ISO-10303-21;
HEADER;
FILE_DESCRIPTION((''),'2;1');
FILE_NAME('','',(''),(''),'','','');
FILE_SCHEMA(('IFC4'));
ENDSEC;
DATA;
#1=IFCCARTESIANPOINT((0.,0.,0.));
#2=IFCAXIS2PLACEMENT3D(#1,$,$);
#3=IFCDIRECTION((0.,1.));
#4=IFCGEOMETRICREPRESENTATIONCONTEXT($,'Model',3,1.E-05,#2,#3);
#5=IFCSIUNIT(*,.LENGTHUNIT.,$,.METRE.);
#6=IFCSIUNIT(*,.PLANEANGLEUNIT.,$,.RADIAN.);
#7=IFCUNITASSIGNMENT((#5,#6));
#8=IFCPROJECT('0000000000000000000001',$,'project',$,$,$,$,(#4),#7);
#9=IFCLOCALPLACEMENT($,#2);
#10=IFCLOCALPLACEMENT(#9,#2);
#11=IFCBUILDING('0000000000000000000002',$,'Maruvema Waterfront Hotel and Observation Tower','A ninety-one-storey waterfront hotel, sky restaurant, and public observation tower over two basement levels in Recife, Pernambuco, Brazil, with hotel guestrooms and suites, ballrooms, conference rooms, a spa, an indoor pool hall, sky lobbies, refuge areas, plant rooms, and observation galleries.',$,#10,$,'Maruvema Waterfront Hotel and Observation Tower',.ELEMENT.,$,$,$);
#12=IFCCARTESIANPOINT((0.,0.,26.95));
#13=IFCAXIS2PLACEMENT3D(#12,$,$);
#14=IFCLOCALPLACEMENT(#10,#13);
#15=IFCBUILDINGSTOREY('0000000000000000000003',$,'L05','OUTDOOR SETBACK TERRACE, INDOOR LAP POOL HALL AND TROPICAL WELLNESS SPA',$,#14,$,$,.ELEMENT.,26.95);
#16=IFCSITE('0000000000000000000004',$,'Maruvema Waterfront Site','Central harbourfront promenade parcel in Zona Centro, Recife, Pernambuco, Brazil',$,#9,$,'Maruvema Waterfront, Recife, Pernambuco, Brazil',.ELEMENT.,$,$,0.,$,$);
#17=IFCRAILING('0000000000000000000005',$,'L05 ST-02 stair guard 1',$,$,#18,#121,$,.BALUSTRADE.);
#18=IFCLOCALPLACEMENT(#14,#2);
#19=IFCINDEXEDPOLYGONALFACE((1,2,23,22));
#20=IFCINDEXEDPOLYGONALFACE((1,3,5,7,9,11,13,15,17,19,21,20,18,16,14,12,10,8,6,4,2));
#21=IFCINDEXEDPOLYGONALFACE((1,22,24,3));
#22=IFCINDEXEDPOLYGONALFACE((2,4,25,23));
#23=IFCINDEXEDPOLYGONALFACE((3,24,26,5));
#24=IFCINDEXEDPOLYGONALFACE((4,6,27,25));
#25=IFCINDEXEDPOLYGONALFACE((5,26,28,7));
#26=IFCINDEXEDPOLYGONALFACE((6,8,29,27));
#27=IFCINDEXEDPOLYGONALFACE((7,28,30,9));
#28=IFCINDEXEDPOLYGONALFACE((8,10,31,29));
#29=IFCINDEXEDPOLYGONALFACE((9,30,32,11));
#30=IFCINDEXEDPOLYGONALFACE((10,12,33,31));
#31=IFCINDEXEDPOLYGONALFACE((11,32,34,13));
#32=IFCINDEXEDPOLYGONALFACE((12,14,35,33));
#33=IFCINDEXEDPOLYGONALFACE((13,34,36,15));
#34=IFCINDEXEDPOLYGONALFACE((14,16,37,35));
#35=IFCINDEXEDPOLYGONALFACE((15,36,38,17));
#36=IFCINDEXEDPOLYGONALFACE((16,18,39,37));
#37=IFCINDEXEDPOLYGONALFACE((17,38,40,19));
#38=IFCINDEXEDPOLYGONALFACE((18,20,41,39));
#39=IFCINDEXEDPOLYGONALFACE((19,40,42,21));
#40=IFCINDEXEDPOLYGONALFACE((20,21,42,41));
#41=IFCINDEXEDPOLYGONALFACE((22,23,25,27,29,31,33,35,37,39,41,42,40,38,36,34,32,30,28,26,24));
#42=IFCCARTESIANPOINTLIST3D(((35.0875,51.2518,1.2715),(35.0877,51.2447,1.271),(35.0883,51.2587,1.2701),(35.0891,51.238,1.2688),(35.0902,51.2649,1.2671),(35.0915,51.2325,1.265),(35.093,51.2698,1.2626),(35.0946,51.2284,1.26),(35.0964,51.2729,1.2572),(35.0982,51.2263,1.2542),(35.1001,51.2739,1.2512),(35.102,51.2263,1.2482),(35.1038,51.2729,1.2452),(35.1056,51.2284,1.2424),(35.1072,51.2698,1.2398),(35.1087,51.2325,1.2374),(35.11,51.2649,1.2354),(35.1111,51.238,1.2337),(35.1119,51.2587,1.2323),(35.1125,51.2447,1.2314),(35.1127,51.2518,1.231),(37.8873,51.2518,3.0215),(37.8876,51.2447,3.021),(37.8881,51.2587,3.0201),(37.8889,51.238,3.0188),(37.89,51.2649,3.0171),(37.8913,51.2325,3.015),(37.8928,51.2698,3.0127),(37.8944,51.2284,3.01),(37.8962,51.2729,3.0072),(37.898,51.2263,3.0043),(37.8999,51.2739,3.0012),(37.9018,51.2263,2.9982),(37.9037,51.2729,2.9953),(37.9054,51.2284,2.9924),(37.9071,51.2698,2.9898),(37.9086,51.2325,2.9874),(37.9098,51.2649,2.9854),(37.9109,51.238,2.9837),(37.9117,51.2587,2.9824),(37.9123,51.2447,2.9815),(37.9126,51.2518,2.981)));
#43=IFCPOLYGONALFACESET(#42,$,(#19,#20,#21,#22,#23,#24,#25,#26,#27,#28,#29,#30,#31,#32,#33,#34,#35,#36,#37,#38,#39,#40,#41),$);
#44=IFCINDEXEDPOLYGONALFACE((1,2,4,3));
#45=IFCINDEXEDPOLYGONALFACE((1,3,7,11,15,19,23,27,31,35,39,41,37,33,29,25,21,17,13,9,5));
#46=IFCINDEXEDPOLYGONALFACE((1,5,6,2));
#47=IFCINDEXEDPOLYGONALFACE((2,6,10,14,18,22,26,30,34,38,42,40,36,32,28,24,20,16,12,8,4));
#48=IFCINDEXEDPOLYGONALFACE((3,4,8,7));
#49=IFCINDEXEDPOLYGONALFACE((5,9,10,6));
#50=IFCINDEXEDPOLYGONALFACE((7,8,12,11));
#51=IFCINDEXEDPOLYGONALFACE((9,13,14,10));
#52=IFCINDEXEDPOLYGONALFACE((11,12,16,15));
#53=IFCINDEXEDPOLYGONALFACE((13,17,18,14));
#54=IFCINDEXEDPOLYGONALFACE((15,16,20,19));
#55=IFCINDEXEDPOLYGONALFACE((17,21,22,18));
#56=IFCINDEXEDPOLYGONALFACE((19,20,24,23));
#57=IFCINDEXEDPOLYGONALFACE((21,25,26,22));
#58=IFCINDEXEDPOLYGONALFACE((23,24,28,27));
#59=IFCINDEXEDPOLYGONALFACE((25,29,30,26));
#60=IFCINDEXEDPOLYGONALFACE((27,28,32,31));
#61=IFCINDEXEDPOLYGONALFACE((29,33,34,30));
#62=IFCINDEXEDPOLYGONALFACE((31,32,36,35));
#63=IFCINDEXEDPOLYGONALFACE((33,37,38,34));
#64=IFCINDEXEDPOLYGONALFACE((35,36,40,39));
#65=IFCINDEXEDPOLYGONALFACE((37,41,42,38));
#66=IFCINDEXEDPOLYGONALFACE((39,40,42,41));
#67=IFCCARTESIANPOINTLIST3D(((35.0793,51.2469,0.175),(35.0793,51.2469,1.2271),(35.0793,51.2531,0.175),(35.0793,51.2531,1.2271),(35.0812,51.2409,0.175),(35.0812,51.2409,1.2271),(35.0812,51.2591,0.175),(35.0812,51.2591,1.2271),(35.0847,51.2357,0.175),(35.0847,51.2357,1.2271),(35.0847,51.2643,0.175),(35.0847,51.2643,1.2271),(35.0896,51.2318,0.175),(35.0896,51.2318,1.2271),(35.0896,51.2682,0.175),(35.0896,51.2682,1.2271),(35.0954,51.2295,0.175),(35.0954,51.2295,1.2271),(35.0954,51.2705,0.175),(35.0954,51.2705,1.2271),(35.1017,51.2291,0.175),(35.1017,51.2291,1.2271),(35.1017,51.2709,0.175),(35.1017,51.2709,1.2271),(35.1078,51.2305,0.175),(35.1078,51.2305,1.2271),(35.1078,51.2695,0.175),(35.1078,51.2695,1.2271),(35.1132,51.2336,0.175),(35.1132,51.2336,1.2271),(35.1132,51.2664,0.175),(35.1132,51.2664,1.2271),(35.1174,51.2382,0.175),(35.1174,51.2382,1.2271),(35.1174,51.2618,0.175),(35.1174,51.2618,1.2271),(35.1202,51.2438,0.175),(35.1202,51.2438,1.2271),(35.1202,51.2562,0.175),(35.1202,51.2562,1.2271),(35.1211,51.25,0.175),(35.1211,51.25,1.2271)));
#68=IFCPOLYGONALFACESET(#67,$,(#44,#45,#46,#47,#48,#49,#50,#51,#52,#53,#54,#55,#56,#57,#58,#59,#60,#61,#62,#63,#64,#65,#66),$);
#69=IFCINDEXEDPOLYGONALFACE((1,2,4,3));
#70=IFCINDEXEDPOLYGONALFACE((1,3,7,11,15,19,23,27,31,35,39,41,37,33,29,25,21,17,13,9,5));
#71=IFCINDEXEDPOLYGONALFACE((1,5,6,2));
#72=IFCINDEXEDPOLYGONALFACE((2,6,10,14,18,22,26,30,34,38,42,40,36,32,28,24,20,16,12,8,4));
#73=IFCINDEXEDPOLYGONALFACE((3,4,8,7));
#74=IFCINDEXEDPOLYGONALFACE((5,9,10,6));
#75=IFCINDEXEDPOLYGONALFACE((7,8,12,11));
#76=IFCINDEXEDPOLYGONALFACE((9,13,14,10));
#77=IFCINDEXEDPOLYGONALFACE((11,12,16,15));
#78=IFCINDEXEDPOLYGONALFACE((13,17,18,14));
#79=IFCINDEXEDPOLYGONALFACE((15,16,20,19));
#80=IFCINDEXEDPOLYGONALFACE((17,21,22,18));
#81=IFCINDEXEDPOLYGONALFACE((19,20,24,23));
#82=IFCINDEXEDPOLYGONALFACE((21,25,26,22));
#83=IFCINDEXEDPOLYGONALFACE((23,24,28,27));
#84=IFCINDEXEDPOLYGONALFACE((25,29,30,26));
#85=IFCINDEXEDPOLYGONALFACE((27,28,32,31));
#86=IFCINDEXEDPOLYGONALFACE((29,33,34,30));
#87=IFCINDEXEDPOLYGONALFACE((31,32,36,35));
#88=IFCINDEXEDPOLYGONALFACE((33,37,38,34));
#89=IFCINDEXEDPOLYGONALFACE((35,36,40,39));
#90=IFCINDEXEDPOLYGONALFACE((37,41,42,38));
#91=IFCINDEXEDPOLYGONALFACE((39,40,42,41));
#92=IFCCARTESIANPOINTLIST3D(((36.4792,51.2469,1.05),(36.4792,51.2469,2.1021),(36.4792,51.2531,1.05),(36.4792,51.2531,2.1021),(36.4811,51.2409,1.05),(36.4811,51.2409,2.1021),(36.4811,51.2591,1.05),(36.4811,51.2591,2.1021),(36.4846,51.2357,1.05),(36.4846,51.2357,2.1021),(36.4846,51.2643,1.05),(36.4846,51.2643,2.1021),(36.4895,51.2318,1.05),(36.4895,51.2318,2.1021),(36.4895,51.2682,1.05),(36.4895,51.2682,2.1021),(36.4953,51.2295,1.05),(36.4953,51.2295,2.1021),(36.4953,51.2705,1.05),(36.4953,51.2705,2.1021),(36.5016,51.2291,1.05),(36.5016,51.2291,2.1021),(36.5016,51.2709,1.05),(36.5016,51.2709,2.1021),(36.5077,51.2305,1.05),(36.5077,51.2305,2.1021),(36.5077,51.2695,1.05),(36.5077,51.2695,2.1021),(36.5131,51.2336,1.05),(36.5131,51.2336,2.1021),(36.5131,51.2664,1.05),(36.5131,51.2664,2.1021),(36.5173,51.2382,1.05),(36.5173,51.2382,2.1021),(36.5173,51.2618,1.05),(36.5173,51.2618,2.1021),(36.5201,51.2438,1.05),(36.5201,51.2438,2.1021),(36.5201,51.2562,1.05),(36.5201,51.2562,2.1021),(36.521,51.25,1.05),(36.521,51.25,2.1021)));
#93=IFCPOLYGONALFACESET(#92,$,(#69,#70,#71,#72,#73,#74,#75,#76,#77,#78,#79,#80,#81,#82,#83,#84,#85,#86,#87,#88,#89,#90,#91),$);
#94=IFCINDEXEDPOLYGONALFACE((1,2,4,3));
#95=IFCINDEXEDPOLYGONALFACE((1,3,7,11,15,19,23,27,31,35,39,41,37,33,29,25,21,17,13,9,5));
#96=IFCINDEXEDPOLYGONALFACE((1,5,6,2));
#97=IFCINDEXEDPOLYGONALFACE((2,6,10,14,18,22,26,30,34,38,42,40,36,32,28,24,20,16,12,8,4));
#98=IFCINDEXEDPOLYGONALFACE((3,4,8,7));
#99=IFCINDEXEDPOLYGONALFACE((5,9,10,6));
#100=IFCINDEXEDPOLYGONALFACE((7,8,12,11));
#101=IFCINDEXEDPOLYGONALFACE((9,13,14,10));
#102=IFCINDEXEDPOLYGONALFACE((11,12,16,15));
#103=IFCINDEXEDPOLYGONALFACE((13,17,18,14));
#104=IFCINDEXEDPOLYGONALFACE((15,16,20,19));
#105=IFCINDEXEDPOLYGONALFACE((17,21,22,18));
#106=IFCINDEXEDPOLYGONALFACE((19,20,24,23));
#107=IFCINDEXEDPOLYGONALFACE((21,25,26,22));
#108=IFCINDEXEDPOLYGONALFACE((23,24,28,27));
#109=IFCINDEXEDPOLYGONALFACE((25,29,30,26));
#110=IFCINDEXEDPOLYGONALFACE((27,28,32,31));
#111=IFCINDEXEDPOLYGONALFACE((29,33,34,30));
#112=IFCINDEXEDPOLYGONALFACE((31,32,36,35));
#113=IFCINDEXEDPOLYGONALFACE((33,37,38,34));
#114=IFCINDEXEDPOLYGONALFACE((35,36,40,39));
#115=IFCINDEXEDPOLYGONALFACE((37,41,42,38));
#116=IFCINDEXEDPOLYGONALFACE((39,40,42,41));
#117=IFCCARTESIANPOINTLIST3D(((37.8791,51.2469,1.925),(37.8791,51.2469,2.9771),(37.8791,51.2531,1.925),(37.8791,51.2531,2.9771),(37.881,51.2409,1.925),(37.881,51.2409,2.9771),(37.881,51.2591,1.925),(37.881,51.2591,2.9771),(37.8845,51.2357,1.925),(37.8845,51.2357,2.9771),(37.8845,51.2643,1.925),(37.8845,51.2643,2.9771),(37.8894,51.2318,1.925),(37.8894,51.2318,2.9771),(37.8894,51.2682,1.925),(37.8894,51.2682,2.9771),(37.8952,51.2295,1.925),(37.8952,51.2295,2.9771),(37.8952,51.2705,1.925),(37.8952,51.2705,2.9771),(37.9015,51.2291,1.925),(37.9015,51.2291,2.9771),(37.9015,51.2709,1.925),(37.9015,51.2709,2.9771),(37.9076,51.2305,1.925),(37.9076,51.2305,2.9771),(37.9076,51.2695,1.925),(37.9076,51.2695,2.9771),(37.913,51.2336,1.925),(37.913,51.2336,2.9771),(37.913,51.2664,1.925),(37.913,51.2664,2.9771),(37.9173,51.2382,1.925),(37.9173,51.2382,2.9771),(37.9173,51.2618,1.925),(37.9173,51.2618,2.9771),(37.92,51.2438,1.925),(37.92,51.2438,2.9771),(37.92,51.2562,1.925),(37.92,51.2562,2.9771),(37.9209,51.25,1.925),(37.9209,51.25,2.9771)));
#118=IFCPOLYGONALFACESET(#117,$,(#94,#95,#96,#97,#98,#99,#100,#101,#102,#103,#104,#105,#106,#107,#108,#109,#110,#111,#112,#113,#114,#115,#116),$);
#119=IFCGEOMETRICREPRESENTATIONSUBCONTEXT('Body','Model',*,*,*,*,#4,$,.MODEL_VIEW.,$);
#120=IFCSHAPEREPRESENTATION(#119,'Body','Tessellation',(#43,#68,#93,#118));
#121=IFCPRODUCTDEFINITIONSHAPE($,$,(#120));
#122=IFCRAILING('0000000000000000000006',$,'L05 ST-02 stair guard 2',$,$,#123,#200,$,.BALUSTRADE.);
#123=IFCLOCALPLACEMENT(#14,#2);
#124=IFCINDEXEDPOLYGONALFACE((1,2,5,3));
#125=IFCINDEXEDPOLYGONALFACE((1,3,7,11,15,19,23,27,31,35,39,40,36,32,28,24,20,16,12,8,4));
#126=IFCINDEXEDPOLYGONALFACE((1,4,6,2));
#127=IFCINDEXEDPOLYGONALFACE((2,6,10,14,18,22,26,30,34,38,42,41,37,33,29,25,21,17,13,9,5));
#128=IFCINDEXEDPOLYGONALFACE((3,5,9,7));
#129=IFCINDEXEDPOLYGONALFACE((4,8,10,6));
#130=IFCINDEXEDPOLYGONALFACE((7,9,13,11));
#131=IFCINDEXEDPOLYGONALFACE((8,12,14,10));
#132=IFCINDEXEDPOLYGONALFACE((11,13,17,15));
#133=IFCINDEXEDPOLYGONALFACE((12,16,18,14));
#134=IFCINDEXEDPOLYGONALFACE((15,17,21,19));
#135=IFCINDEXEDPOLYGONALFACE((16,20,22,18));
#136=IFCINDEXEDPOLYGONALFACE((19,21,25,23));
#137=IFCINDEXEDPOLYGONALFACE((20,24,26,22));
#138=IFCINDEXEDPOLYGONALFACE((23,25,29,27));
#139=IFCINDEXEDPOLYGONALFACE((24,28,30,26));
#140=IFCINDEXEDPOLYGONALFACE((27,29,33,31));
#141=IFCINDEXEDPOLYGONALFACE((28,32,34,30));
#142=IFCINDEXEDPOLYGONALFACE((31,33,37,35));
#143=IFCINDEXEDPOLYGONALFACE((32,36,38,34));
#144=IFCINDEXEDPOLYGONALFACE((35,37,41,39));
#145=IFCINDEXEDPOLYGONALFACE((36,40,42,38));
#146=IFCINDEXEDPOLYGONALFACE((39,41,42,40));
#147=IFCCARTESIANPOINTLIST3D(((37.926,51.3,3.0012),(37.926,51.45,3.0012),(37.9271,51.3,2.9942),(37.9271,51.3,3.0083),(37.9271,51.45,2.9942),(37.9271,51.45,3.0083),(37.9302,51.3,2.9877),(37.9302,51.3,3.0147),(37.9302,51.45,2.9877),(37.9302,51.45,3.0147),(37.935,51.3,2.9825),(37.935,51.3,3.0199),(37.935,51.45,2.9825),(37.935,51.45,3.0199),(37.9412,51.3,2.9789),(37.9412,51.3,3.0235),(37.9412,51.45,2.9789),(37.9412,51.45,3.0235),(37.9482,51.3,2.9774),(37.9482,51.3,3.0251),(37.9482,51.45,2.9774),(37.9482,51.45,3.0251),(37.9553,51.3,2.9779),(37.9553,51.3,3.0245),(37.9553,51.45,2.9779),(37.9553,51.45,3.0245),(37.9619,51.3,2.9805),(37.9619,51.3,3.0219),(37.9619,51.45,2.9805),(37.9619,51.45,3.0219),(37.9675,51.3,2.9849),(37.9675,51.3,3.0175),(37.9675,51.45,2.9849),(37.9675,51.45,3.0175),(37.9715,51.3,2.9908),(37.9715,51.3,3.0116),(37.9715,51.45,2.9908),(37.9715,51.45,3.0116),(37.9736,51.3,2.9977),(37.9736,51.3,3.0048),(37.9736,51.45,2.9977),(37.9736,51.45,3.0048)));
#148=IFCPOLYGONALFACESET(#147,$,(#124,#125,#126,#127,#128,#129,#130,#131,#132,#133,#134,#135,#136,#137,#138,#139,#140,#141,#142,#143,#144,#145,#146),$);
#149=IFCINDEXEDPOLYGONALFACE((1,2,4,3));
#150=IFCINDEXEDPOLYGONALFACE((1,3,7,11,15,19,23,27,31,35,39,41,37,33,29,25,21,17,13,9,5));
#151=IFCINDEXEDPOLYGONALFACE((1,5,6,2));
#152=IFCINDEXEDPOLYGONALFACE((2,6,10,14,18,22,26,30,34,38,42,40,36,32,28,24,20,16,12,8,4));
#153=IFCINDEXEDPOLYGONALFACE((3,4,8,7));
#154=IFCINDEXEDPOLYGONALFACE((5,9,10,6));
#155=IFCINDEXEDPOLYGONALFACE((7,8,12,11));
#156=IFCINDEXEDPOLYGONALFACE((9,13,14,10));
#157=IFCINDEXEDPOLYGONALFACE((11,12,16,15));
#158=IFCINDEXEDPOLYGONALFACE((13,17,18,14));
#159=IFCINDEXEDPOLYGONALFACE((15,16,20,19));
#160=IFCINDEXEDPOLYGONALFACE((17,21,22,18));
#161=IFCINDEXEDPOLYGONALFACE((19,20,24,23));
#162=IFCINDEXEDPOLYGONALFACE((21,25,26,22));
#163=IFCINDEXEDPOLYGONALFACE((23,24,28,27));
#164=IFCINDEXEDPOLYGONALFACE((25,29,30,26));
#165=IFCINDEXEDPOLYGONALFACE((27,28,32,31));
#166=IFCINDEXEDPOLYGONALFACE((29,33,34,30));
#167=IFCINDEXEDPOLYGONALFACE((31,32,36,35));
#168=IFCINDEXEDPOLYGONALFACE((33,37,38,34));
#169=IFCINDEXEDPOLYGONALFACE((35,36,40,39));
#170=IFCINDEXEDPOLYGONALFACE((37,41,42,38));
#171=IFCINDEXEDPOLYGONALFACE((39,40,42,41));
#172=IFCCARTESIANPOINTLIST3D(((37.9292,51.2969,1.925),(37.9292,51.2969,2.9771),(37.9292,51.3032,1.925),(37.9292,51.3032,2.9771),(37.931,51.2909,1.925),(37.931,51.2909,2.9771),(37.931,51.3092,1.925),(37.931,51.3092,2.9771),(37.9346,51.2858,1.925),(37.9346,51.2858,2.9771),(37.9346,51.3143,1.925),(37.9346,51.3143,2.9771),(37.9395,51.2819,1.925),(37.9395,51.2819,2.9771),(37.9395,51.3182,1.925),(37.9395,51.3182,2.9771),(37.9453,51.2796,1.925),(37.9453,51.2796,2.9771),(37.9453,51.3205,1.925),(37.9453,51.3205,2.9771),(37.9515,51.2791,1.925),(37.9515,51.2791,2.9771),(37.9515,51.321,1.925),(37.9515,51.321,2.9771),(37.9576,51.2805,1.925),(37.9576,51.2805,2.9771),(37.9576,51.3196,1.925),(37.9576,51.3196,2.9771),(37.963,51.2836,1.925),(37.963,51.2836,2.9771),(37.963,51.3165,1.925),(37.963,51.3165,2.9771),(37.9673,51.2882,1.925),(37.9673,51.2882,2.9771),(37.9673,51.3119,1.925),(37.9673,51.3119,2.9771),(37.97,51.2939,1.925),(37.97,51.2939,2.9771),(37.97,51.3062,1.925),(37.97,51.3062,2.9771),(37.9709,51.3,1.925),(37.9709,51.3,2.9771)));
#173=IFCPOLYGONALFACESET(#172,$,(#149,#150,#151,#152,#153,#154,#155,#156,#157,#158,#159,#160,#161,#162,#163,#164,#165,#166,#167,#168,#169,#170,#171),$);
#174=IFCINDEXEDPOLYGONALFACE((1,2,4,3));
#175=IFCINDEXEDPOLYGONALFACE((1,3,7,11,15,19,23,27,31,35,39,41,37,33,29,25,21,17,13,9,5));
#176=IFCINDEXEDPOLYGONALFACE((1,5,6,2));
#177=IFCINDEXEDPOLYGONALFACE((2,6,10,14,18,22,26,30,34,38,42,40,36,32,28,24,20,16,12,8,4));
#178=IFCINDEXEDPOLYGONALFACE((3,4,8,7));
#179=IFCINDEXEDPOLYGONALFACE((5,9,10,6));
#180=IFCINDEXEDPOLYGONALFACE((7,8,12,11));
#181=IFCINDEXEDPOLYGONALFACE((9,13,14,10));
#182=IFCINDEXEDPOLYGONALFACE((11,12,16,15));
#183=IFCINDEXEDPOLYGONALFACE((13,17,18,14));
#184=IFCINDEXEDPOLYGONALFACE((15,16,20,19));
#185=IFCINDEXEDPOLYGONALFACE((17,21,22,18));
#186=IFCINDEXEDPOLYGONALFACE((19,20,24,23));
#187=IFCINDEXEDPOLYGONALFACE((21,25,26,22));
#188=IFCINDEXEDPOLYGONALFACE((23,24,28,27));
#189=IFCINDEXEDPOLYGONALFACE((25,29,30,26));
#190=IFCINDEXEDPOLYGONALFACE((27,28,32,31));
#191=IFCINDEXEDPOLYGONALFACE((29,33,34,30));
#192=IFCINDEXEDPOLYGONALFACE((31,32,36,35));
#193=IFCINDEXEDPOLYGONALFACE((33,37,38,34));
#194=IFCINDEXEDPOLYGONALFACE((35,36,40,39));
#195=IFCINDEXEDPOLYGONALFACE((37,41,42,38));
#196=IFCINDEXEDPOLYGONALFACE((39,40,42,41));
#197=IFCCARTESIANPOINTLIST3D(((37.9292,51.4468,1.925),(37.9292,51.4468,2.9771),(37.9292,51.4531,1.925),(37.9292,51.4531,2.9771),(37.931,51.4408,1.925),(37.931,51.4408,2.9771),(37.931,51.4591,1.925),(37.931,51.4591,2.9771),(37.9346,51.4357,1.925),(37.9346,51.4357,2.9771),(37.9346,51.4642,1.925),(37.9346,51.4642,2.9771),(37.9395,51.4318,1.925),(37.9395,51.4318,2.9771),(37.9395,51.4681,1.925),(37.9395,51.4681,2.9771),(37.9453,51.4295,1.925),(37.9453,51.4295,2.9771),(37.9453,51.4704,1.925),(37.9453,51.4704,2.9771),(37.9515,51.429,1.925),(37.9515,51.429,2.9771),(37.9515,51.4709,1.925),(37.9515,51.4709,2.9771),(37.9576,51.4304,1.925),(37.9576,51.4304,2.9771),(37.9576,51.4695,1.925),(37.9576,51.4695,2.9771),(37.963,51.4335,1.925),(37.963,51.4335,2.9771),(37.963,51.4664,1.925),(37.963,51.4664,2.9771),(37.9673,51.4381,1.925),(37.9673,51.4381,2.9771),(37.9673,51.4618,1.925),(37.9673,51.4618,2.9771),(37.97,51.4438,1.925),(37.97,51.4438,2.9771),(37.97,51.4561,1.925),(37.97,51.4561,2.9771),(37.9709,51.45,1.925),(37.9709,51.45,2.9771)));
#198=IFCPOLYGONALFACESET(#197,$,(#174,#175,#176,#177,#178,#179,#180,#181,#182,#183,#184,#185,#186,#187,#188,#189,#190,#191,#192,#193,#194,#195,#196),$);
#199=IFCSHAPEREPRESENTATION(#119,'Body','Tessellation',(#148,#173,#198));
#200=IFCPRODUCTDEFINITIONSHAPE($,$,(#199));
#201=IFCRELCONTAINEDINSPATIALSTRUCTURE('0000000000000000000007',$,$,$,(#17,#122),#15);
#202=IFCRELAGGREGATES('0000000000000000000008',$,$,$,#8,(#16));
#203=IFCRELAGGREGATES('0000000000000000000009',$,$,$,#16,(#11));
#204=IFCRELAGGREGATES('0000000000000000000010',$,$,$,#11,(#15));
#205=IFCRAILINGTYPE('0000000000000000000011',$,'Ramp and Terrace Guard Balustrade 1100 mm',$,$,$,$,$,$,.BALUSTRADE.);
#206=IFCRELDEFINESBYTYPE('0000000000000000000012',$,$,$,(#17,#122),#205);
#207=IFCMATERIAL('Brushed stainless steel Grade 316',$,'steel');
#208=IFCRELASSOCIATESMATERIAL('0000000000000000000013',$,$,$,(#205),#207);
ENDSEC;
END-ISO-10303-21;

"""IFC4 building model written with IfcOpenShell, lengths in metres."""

from ifc_helpers import new_model, si_unit, direction, frame, origin, origin_2d, place, context, subcontext, project, spatial, circle, extrude, material, type_object, element, save


model = new_model("IFC4")

# Units and contexts
model_context = context("Model", 3, precision=1e-05, world=origin(), true_north=direction((0.0, 1.0)))
body_context = subcontext(model_context, "Body", "Model", "MODEL_VIEW")
ifc_project = project(units=[si_unit("LENGTHUNIT", "METRE"), si_unit("PLANEANGLEUNIT", "RADIAN")], contexts=[model_context])

# Site, building, storey
site_placement = place(None, origin())
site = spatial("IfcSite", under=ifc_project, at=site_placement, Name="Maruvema Waterfront Site", Description="Central harbourfront promenade parcel in Zona Centro, Recife, Pernambuco, Brazil", LongName="Maruvema Waterfront, Recife, Pernambuco, Brazil", CompositionType="ELEMENT", RefElevation=0.0)
building_placement = place(site_placement, origin())
building = spatial("IfcBuilding", under=site, at=building_placement, Name="Maruvema Waterfront Hotel and Observation Tower", Description="A ninety-one-storey waterfront hotel, sky restaurant, and public observation tower over two basement levels in Recife, Pernambuco, Brazil, with hotel guestrooms and suites, ballrooms, conference rooms, a spa, an indoor pool hall, sky lobbies, refuge areas, plant rooms, and observation galleries.", LongName="Maruvema Waterfront Hotel and Observation Tower", CompositionType="ELEMENT")
storey_placement = place(building_placement, frame((0.0, 0.0, 26.95)))
storey = spatial("IfcBuildingStorey", under=building, at=storey_placement, Name="L05", Description="OUTDOOR SETBACK TERRACE, INDOOR LAP POOL HALL AND TROPICAL WELLNESS SPA", CompositionType="ELEMENT", Elevation=26.95)

# Railings
ifc_material_1 = material(Name="Brushed stainless steel Grade 316", Category="steel")
railing_type_1 = type_object("IfcRailingType", Name="Ramp and Terrace Guard Balustrade 1100 mm", PredefinedType="BALUSTRADE", material=ifc_material_1)
railing_1_placement = place(storey_placement, frame((35.1001, 51.25, 0.175)))
element("IfcRailing", 1, at=railing_1_placement, inside=storey, type_object=railing_type_1, Name="L05 ST-02 stair guard 1", PredefinedType="BALUSTRADE", context=body_context, shape_type="SweptSolid", body=[
    extrude(circle(Radius=0.0239, at=origin_2d()), frame((0.0, 0.0, 1.0762), z_axis=(0.847982, 0.0, 0.530026), x_axis=(0.0, 1.0, 0.0)), (0.0, 0.0, 1.0), 3.3018),
    extrude(circle(Radius=0.021, at=origin_2d()), origin(), (0.0, 0.0, 1.0), 1.052),
    extrude(circle(Radius=0.021, at=origin_2d()), frame((1.3999, 0.0, 0.875)), (0.0, 0.0, 1.0), 1.052),
    extrude(circle(Radius=0.021, at=origin_2d()), frame((2.7998, 0.0, 1.75)), (0.0, 0.0, 1.0), 1.052),
])
railing_2_placement = place(storey_placement, frame((37.95, 51.3, 1.925)))
element("IfcRailing", 2, at=railing_2_placement, inside=storey, type_object=railing_type_1, Name="L05 ST-02 stair guard 2", PredefinedType="BALUSTRADE", context=body_context, shape_type="SweptSolid", body=[
    extrude(circle(Radius=0.0239, at=origin_2d()), frame((0.0, 0.0, 1.0762), z_axis=(0.0, 1.0, 0.0), x_axis=(-1.0, 0.0, 0.0)), (0.0, 0.0, 1.0), 0.1499),
    extrude(circle(Radius=0.021, at=origin_2d()), origin(), (0.0, 0.0, 1.0), 1.052),
    extrude(circle(Radius=0.021, at=origin_2d()), frame((0.0, 0.1499, 0.0)), (0.0, 0.0, 1.0), 1.052),
])

save(model, "model.ifc")
